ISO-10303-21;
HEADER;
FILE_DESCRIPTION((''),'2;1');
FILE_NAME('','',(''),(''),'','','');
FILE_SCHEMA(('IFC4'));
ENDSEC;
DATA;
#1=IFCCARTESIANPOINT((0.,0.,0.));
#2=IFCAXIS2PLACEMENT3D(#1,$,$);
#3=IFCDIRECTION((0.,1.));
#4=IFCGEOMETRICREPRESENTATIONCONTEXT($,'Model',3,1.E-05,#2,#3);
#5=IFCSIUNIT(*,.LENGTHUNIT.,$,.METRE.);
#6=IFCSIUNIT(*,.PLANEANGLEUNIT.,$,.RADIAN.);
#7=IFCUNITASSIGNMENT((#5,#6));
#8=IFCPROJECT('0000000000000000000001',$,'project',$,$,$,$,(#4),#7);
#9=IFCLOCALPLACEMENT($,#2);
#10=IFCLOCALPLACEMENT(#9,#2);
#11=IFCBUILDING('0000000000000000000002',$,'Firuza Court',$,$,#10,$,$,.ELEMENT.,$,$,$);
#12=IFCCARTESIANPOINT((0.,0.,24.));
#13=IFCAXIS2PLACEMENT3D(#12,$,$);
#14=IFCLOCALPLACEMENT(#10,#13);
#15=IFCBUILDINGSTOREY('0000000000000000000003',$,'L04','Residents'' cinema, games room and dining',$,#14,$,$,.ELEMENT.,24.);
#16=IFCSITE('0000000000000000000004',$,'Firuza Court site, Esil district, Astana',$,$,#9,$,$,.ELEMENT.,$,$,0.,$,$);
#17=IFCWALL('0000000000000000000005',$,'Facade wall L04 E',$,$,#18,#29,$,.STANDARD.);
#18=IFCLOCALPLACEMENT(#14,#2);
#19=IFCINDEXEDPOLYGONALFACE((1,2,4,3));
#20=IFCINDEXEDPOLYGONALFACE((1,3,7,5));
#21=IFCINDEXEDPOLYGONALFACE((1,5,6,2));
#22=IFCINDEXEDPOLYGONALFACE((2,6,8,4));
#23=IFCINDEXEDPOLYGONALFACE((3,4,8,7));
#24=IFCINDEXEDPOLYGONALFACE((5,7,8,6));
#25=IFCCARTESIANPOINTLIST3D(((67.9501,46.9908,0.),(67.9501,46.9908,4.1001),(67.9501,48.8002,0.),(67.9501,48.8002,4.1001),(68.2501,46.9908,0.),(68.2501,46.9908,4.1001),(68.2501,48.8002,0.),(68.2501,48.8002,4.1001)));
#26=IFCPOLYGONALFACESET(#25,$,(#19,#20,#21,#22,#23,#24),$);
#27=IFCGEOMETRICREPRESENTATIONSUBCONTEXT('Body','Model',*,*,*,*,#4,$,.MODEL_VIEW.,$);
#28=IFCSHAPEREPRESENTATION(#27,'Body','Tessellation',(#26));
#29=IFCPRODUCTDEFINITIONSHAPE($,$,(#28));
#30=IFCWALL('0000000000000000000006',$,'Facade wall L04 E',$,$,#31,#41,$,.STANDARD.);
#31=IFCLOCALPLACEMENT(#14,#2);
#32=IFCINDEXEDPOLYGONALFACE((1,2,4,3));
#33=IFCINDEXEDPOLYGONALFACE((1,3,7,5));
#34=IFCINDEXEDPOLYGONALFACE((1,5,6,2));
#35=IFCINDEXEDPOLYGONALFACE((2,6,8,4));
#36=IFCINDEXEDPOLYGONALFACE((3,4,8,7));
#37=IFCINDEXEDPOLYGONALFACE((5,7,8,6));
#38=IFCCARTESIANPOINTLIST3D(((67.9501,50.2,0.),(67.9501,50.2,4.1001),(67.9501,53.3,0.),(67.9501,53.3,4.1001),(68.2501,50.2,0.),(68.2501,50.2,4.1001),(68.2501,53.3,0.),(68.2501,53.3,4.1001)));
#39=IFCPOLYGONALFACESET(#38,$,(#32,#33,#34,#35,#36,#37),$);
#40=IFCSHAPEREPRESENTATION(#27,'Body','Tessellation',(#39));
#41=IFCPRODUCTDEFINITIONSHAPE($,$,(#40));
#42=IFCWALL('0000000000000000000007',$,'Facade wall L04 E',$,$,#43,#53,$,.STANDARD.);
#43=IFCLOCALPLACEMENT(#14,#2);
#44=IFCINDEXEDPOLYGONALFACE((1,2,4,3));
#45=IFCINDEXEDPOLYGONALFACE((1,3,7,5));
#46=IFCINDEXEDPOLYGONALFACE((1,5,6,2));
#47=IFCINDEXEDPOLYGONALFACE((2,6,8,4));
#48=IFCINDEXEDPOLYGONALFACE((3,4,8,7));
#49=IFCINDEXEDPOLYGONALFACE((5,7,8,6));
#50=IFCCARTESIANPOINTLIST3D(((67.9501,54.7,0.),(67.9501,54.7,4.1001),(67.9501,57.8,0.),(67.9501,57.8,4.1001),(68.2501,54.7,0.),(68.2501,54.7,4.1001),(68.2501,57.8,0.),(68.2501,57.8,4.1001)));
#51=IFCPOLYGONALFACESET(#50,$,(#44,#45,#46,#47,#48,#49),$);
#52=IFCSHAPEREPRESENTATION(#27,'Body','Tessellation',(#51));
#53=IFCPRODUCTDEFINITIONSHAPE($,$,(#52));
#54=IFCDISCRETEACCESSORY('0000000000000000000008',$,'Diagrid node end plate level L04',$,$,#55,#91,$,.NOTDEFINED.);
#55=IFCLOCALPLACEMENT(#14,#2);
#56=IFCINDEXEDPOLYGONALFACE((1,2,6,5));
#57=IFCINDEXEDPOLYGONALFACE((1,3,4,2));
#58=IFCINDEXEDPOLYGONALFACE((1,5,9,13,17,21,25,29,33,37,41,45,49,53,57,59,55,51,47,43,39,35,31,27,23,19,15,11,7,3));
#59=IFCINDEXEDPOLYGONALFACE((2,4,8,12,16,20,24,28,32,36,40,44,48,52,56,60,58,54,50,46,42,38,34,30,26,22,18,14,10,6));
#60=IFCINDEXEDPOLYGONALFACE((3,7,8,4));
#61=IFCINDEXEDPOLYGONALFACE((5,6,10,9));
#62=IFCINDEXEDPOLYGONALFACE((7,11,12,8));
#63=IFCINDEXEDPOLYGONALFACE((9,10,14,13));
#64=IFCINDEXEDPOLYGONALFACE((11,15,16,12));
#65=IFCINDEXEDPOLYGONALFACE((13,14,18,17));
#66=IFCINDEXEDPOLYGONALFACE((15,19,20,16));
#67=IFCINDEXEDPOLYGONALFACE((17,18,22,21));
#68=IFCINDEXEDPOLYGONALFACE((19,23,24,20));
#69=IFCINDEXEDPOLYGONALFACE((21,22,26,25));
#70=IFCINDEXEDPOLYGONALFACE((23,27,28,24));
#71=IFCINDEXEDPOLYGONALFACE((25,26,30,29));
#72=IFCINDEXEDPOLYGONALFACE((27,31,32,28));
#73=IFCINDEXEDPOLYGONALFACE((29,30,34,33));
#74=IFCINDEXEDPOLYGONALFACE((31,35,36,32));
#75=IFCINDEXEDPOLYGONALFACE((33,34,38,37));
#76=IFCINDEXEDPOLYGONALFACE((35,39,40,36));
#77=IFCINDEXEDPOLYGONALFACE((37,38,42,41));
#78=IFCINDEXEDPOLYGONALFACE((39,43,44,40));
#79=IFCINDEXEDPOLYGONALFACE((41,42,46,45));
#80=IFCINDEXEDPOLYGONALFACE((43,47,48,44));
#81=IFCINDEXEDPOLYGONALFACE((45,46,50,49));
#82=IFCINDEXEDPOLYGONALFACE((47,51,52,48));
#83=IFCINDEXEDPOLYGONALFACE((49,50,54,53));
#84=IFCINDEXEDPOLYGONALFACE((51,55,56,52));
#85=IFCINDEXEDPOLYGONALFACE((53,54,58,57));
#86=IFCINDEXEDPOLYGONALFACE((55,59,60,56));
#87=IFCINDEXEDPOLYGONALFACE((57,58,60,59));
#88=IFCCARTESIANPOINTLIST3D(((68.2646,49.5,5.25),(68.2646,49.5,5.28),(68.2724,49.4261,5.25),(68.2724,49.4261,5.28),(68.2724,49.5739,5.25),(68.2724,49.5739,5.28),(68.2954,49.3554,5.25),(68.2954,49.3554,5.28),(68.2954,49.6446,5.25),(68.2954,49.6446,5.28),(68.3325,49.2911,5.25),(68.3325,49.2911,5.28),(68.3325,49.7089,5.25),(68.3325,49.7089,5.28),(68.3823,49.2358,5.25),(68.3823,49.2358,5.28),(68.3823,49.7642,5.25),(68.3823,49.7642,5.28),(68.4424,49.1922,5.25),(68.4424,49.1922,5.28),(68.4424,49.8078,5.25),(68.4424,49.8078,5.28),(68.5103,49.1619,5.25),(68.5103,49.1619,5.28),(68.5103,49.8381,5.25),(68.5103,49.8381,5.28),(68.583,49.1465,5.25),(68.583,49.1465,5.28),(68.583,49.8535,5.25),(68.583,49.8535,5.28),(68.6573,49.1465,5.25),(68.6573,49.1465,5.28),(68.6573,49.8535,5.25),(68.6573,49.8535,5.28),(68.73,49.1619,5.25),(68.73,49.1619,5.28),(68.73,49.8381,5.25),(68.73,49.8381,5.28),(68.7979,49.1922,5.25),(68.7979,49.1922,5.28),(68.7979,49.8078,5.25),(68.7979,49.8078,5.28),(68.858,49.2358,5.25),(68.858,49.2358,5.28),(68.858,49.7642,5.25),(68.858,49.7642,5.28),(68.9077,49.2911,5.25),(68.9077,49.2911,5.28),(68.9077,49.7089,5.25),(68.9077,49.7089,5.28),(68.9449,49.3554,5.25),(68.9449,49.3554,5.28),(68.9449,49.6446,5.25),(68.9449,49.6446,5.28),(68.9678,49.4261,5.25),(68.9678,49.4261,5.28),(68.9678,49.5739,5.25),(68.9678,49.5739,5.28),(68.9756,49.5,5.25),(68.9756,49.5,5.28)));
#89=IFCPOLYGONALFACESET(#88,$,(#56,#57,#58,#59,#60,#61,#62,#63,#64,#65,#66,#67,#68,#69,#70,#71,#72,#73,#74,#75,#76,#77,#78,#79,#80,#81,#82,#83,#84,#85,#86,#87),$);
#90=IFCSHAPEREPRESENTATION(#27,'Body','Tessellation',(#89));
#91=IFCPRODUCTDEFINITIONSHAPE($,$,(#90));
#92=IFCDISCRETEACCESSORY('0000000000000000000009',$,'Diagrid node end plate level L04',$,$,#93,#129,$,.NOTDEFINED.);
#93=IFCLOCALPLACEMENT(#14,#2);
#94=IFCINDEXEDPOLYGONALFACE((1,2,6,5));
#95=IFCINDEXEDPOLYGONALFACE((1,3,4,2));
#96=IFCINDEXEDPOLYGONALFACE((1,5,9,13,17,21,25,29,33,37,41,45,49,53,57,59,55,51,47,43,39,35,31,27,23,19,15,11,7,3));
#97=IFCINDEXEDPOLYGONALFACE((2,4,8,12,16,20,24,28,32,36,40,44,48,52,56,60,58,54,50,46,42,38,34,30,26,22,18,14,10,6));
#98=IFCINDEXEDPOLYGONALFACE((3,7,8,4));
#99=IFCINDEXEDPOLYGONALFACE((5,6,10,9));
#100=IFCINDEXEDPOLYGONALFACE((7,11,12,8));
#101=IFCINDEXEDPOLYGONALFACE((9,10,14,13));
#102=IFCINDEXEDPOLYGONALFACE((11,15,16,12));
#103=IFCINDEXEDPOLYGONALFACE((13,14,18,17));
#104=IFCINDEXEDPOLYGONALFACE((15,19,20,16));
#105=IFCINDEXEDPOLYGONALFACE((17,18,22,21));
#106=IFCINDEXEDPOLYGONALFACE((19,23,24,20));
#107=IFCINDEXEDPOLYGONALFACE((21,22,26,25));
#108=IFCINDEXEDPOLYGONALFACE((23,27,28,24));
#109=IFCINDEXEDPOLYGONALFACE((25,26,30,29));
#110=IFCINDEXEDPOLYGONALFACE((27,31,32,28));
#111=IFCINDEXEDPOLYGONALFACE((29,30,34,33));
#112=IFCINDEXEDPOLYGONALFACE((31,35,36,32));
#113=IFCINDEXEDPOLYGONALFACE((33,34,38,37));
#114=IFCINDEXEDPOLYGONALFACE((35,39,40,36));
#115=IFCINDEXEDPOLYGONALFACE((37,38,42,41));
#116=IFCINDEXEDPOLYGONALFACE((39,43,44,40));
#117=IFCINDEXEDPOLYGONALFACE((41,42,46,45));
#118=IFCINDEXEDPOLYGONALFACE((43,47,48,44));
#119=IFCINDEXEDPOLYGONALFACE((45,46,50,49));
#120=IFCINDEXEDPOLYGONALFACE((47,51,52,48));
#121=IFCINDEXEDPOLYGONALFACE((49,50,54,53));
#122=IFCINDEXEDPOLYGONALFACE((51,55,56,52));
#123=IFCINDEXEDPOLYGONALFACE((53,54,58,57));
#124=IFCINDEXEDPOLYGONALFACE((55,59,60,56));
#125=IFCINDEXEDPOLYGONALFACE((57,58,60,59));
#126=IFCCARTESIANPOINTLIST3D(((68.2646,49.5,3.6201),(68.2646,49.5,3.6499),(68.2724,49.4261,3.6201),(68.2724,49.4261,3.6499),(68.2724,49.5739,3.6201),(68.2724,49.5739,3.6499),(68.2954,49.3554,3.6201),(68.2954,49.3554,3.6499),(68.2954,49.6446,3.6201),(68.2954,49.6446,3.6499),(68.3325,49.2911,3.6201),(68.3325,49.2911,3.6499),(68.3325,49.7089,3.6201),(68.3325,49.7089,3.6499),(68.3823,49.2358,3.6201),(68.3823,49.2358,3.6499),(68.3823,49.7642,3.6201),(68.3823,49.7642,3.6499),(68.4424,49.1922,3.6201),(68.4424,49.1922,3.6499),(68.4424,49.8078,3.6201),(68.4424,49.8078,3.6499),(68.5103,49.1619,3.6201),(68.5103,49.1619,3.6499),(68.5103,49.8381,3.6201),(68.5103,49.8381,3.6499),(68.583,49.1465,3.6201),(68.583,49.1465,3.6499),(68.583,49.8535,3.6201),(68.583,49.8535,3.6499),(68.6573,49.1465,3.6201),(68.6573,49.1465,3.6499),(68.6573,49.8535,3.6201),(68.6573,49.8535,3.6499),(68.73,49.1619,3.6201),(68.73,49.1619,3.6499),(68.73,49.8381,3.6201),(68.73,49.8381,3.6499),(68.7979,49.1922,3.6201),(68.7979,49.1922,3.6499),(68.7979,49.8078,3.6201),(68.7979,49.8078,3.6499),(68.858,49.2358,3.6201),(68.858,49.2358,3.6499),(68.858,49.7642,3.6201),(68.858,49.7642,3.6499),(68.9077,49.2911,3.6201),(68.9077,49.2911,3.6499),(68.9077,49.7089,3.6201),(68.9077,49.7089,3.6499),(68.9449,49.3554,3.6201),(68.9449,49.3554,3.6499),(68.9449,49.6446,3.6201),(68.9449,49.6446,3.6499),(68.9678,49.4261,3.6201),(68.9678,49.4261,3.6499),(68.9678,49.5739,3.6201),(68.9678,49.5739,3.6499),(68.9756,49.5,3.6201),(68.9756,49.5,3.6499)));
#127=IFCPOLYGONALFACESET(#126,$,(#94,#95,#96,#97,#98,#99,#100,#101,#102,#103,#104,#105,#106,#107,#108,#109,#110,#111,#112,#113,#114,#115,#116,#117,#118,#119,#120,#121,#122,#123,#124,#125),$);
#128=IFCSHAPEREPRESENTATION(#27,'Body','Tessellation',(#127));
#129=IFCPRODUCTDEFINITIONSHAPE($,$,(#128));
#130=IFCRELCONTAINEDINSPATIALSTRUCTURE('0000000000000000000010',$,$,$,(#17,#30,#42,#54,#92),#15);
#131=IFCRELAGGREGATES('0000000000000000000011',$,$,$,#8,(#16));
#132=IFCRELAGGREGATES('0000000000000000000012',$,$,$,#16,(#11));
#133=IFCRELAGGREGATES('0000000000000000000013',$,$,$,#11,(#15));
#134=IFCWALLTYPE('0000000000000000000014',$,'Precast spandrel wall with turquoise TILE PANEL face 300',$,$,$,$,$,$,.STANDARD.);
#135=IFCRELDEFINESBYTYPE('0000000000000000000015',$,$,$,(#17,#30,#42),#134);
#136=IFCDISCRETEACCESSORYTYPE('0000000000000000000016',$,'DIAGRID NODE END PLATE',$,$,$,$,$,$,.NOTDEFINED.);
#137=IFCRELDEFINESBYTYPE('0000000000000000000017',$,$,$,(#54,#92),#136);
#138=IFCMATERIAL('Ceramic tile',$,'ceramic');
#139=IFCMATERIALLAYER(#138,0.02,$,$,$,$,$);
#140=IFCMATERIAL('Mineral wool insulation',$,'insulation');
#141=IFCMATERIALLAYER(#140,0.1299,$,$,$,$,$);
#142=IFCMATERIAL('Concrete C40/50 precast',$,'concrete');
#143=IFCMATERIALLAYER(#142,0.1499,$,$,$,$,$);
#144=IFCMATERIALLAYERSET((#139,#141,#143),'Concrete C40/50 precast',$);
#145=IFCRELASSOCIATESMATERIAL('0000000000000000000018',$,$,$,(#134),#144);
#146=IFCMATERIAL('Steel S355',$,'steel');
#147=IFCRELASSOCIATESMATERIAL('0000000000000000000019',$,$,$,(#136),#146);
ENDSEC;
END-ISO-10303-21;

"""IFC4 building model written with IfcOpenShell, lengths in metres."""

from ifc_helpers import new_model, si_unit, direction, frame, frame_2d, origin, origin_2d, place, context, subcontext, project, spatial, rectangle, circle, extrude, material, layer, layer_set, material_profile, profile_set, type_object, element, save


model = new_model("IFC4")

# Units and contexts
model_context = context("Model", 3, precision=1e-05, world=origin(), true_north=direction((0.0, 1.0)))
body_context = subcontext(model_context, "Body", "Model", "MODEL_VIEW")
ifc_project = project(units=[si_unit("LENGTHUNIT", "METRE"), si_unit("PLANEANGLEUNIT", "RADIAN")], contexts=[model_context])

# Site, building, storey
site_placement = place(None, origin())
site = spatial("IfcSite", under=ifc_project, at=site_placement, Name="Firuza Court site, Esil district, Astana", CompositionType="ELEMENT", RefElevation=0.0)
building_placement = place(site_placement, origin())
building = spatial("IfcBuilding", under=site, at=building_placement, Name="Firuza Court", CompositionType="ELEMENT")
storey_placement = place(building_placement, frame((0.0, 0.0, 24.0)))
storey = spatial("IfcBuildingStorey", under=building, at=storey_placement, Name="L04", Description="Residents' cinema, games room and dining", CompositionType="ELEMENT", Elevation=24.0)

# Walls
ifc_material_1 = material(Name="Ceramic tile", Category="ceramic")
ifc_layer_1 = layer(ifc_material_1, 0.02)
ifc_material_2 = material(Name="Mineral wool insulation", Category="insulation")
ifc_layer_2 = layer(ifc_material_2, 0.1299)
ifc_material_3 = material(Name="Concrete C40/50 precast", Category="concrete")
ifc_layer_3 = layer(ifc_material_3, 0.1499)
ifc_layer_set_1 = layer_set([ifc_layer_1, ifc_layer_2, ifc_layer_3], Name="Concrete C40/50 precast")
wall_type_1 = type_object("IfcWallType", Name="Precast spandrel wall with turquoise TILE PANEL face 300", PredefinedType="STANDARD", material=ifc_layer_set_1)
wall_1_placement = place(storey_placement, frame((68.1001, 46.9907, 0.0), z_axis=(0.0, 0.0, 1.0), x_axis=(0.0, 1.0, 0.0)))
element("IfcWall", 1, at=wall_1_placement, inside=storey, type_object=wall_type_1, Name="Facade wall L04 E", PredefinedType="STANDARD", context=body_context, shape_type="SweptSolid", body=[
    extrude(rectangle(XDim=1.8093, YDim=0.3, at=frame_2d((0.9048, 0.0))), origin(), (0.0, 0.0, 1.0), 4.1001),
])
for number, where, z_axis, x_axis, name in (
    (2, (68.1001, 50.2, 0.0), (0.0, 0.0, 1.0), (0.0, 1.0, 0.0), "Facade wall L04 E"),
    (3, (68.1001, 54.7, 0.0), (0.0, 0.0, 1.0), (0.0, 1.0, 0.0), "Facade wall L04 E"),
):
    element("IfcWall", number, at=place(storey_placement, frame(where, z_axis=z_axis, x_axis=x_axis)), inside=storey, type_object=wall_type_1, Name=name, PredefinedType="STANDARD", context=body_context, shape_type="SweptSolid", body=[
        extrude(rectangle(XDim=3.1001, YDim=0.3, at=frame_2d((1.55, 0.0))), origin(), (0.0, 0.0, 1.0), 4.1001),
    ])

# Discrete accessories
ifc_material_4 = material(Name="Steel S355", Category="steel")
ifc_material_profile_1 = material_profile(ifc_material_4, circle(Radius=0.3555, at=origin_2d()), Name="PL D711")
ifc_profile_set_1 = profile_set([ifc_material_profile_1], Name="Steel S355")
discrete_accessory_type = type_object("IfcDiscreteAccessoryType", Name="DIAGRID NODE END PLATE", PredefinedType="NOTDEFINED", material=ifc_profile_set_1)
discrete_accessory_1_placement = place(storey_placement, frame((68.6201, 49.5, 5.25), z_axis=(0.0, 0.0, 1.0), x_axis=(1.0, 0.0, 0.0)))
element("IfcDiscreteAccessory", 4, at=discrete_accessory_1_placement, inside=storey, type_object=discrete_accessory_type, Name="Diagrid node end plate level L04", PredefinedType="NOTDEFINED", context=body_context, shape_type="SweptSolid", body=[
    extrude(circle(Radius=0.3555, at=origin_2d()), origin(), (0.0, 0.0, 1.0), 0.03),
])
discrete_accessory_2_placement = place(storey_placement, frame((68.6201, 49.5, 3.6201), z_axis=(0.0, 0.0, 1.0), x_axis=(1.0, 0.0, 0.0)))
element("IfcDiscreteAccessory", 5, at=discrete_accessory_2_placement, inside=storey, type_object=discrete_accessory_type, Name="Diagrid node end plate level L04", PredefinedType="NOTDEFINED", context=body_context, shape_type="SweptSolid", body=[
    extrude(circle(Radius=0.3555, at=origin_2d()), origin(), (0.0, 0.0, 1.0), 0.0298),
])

save(model, "model.ifc")
